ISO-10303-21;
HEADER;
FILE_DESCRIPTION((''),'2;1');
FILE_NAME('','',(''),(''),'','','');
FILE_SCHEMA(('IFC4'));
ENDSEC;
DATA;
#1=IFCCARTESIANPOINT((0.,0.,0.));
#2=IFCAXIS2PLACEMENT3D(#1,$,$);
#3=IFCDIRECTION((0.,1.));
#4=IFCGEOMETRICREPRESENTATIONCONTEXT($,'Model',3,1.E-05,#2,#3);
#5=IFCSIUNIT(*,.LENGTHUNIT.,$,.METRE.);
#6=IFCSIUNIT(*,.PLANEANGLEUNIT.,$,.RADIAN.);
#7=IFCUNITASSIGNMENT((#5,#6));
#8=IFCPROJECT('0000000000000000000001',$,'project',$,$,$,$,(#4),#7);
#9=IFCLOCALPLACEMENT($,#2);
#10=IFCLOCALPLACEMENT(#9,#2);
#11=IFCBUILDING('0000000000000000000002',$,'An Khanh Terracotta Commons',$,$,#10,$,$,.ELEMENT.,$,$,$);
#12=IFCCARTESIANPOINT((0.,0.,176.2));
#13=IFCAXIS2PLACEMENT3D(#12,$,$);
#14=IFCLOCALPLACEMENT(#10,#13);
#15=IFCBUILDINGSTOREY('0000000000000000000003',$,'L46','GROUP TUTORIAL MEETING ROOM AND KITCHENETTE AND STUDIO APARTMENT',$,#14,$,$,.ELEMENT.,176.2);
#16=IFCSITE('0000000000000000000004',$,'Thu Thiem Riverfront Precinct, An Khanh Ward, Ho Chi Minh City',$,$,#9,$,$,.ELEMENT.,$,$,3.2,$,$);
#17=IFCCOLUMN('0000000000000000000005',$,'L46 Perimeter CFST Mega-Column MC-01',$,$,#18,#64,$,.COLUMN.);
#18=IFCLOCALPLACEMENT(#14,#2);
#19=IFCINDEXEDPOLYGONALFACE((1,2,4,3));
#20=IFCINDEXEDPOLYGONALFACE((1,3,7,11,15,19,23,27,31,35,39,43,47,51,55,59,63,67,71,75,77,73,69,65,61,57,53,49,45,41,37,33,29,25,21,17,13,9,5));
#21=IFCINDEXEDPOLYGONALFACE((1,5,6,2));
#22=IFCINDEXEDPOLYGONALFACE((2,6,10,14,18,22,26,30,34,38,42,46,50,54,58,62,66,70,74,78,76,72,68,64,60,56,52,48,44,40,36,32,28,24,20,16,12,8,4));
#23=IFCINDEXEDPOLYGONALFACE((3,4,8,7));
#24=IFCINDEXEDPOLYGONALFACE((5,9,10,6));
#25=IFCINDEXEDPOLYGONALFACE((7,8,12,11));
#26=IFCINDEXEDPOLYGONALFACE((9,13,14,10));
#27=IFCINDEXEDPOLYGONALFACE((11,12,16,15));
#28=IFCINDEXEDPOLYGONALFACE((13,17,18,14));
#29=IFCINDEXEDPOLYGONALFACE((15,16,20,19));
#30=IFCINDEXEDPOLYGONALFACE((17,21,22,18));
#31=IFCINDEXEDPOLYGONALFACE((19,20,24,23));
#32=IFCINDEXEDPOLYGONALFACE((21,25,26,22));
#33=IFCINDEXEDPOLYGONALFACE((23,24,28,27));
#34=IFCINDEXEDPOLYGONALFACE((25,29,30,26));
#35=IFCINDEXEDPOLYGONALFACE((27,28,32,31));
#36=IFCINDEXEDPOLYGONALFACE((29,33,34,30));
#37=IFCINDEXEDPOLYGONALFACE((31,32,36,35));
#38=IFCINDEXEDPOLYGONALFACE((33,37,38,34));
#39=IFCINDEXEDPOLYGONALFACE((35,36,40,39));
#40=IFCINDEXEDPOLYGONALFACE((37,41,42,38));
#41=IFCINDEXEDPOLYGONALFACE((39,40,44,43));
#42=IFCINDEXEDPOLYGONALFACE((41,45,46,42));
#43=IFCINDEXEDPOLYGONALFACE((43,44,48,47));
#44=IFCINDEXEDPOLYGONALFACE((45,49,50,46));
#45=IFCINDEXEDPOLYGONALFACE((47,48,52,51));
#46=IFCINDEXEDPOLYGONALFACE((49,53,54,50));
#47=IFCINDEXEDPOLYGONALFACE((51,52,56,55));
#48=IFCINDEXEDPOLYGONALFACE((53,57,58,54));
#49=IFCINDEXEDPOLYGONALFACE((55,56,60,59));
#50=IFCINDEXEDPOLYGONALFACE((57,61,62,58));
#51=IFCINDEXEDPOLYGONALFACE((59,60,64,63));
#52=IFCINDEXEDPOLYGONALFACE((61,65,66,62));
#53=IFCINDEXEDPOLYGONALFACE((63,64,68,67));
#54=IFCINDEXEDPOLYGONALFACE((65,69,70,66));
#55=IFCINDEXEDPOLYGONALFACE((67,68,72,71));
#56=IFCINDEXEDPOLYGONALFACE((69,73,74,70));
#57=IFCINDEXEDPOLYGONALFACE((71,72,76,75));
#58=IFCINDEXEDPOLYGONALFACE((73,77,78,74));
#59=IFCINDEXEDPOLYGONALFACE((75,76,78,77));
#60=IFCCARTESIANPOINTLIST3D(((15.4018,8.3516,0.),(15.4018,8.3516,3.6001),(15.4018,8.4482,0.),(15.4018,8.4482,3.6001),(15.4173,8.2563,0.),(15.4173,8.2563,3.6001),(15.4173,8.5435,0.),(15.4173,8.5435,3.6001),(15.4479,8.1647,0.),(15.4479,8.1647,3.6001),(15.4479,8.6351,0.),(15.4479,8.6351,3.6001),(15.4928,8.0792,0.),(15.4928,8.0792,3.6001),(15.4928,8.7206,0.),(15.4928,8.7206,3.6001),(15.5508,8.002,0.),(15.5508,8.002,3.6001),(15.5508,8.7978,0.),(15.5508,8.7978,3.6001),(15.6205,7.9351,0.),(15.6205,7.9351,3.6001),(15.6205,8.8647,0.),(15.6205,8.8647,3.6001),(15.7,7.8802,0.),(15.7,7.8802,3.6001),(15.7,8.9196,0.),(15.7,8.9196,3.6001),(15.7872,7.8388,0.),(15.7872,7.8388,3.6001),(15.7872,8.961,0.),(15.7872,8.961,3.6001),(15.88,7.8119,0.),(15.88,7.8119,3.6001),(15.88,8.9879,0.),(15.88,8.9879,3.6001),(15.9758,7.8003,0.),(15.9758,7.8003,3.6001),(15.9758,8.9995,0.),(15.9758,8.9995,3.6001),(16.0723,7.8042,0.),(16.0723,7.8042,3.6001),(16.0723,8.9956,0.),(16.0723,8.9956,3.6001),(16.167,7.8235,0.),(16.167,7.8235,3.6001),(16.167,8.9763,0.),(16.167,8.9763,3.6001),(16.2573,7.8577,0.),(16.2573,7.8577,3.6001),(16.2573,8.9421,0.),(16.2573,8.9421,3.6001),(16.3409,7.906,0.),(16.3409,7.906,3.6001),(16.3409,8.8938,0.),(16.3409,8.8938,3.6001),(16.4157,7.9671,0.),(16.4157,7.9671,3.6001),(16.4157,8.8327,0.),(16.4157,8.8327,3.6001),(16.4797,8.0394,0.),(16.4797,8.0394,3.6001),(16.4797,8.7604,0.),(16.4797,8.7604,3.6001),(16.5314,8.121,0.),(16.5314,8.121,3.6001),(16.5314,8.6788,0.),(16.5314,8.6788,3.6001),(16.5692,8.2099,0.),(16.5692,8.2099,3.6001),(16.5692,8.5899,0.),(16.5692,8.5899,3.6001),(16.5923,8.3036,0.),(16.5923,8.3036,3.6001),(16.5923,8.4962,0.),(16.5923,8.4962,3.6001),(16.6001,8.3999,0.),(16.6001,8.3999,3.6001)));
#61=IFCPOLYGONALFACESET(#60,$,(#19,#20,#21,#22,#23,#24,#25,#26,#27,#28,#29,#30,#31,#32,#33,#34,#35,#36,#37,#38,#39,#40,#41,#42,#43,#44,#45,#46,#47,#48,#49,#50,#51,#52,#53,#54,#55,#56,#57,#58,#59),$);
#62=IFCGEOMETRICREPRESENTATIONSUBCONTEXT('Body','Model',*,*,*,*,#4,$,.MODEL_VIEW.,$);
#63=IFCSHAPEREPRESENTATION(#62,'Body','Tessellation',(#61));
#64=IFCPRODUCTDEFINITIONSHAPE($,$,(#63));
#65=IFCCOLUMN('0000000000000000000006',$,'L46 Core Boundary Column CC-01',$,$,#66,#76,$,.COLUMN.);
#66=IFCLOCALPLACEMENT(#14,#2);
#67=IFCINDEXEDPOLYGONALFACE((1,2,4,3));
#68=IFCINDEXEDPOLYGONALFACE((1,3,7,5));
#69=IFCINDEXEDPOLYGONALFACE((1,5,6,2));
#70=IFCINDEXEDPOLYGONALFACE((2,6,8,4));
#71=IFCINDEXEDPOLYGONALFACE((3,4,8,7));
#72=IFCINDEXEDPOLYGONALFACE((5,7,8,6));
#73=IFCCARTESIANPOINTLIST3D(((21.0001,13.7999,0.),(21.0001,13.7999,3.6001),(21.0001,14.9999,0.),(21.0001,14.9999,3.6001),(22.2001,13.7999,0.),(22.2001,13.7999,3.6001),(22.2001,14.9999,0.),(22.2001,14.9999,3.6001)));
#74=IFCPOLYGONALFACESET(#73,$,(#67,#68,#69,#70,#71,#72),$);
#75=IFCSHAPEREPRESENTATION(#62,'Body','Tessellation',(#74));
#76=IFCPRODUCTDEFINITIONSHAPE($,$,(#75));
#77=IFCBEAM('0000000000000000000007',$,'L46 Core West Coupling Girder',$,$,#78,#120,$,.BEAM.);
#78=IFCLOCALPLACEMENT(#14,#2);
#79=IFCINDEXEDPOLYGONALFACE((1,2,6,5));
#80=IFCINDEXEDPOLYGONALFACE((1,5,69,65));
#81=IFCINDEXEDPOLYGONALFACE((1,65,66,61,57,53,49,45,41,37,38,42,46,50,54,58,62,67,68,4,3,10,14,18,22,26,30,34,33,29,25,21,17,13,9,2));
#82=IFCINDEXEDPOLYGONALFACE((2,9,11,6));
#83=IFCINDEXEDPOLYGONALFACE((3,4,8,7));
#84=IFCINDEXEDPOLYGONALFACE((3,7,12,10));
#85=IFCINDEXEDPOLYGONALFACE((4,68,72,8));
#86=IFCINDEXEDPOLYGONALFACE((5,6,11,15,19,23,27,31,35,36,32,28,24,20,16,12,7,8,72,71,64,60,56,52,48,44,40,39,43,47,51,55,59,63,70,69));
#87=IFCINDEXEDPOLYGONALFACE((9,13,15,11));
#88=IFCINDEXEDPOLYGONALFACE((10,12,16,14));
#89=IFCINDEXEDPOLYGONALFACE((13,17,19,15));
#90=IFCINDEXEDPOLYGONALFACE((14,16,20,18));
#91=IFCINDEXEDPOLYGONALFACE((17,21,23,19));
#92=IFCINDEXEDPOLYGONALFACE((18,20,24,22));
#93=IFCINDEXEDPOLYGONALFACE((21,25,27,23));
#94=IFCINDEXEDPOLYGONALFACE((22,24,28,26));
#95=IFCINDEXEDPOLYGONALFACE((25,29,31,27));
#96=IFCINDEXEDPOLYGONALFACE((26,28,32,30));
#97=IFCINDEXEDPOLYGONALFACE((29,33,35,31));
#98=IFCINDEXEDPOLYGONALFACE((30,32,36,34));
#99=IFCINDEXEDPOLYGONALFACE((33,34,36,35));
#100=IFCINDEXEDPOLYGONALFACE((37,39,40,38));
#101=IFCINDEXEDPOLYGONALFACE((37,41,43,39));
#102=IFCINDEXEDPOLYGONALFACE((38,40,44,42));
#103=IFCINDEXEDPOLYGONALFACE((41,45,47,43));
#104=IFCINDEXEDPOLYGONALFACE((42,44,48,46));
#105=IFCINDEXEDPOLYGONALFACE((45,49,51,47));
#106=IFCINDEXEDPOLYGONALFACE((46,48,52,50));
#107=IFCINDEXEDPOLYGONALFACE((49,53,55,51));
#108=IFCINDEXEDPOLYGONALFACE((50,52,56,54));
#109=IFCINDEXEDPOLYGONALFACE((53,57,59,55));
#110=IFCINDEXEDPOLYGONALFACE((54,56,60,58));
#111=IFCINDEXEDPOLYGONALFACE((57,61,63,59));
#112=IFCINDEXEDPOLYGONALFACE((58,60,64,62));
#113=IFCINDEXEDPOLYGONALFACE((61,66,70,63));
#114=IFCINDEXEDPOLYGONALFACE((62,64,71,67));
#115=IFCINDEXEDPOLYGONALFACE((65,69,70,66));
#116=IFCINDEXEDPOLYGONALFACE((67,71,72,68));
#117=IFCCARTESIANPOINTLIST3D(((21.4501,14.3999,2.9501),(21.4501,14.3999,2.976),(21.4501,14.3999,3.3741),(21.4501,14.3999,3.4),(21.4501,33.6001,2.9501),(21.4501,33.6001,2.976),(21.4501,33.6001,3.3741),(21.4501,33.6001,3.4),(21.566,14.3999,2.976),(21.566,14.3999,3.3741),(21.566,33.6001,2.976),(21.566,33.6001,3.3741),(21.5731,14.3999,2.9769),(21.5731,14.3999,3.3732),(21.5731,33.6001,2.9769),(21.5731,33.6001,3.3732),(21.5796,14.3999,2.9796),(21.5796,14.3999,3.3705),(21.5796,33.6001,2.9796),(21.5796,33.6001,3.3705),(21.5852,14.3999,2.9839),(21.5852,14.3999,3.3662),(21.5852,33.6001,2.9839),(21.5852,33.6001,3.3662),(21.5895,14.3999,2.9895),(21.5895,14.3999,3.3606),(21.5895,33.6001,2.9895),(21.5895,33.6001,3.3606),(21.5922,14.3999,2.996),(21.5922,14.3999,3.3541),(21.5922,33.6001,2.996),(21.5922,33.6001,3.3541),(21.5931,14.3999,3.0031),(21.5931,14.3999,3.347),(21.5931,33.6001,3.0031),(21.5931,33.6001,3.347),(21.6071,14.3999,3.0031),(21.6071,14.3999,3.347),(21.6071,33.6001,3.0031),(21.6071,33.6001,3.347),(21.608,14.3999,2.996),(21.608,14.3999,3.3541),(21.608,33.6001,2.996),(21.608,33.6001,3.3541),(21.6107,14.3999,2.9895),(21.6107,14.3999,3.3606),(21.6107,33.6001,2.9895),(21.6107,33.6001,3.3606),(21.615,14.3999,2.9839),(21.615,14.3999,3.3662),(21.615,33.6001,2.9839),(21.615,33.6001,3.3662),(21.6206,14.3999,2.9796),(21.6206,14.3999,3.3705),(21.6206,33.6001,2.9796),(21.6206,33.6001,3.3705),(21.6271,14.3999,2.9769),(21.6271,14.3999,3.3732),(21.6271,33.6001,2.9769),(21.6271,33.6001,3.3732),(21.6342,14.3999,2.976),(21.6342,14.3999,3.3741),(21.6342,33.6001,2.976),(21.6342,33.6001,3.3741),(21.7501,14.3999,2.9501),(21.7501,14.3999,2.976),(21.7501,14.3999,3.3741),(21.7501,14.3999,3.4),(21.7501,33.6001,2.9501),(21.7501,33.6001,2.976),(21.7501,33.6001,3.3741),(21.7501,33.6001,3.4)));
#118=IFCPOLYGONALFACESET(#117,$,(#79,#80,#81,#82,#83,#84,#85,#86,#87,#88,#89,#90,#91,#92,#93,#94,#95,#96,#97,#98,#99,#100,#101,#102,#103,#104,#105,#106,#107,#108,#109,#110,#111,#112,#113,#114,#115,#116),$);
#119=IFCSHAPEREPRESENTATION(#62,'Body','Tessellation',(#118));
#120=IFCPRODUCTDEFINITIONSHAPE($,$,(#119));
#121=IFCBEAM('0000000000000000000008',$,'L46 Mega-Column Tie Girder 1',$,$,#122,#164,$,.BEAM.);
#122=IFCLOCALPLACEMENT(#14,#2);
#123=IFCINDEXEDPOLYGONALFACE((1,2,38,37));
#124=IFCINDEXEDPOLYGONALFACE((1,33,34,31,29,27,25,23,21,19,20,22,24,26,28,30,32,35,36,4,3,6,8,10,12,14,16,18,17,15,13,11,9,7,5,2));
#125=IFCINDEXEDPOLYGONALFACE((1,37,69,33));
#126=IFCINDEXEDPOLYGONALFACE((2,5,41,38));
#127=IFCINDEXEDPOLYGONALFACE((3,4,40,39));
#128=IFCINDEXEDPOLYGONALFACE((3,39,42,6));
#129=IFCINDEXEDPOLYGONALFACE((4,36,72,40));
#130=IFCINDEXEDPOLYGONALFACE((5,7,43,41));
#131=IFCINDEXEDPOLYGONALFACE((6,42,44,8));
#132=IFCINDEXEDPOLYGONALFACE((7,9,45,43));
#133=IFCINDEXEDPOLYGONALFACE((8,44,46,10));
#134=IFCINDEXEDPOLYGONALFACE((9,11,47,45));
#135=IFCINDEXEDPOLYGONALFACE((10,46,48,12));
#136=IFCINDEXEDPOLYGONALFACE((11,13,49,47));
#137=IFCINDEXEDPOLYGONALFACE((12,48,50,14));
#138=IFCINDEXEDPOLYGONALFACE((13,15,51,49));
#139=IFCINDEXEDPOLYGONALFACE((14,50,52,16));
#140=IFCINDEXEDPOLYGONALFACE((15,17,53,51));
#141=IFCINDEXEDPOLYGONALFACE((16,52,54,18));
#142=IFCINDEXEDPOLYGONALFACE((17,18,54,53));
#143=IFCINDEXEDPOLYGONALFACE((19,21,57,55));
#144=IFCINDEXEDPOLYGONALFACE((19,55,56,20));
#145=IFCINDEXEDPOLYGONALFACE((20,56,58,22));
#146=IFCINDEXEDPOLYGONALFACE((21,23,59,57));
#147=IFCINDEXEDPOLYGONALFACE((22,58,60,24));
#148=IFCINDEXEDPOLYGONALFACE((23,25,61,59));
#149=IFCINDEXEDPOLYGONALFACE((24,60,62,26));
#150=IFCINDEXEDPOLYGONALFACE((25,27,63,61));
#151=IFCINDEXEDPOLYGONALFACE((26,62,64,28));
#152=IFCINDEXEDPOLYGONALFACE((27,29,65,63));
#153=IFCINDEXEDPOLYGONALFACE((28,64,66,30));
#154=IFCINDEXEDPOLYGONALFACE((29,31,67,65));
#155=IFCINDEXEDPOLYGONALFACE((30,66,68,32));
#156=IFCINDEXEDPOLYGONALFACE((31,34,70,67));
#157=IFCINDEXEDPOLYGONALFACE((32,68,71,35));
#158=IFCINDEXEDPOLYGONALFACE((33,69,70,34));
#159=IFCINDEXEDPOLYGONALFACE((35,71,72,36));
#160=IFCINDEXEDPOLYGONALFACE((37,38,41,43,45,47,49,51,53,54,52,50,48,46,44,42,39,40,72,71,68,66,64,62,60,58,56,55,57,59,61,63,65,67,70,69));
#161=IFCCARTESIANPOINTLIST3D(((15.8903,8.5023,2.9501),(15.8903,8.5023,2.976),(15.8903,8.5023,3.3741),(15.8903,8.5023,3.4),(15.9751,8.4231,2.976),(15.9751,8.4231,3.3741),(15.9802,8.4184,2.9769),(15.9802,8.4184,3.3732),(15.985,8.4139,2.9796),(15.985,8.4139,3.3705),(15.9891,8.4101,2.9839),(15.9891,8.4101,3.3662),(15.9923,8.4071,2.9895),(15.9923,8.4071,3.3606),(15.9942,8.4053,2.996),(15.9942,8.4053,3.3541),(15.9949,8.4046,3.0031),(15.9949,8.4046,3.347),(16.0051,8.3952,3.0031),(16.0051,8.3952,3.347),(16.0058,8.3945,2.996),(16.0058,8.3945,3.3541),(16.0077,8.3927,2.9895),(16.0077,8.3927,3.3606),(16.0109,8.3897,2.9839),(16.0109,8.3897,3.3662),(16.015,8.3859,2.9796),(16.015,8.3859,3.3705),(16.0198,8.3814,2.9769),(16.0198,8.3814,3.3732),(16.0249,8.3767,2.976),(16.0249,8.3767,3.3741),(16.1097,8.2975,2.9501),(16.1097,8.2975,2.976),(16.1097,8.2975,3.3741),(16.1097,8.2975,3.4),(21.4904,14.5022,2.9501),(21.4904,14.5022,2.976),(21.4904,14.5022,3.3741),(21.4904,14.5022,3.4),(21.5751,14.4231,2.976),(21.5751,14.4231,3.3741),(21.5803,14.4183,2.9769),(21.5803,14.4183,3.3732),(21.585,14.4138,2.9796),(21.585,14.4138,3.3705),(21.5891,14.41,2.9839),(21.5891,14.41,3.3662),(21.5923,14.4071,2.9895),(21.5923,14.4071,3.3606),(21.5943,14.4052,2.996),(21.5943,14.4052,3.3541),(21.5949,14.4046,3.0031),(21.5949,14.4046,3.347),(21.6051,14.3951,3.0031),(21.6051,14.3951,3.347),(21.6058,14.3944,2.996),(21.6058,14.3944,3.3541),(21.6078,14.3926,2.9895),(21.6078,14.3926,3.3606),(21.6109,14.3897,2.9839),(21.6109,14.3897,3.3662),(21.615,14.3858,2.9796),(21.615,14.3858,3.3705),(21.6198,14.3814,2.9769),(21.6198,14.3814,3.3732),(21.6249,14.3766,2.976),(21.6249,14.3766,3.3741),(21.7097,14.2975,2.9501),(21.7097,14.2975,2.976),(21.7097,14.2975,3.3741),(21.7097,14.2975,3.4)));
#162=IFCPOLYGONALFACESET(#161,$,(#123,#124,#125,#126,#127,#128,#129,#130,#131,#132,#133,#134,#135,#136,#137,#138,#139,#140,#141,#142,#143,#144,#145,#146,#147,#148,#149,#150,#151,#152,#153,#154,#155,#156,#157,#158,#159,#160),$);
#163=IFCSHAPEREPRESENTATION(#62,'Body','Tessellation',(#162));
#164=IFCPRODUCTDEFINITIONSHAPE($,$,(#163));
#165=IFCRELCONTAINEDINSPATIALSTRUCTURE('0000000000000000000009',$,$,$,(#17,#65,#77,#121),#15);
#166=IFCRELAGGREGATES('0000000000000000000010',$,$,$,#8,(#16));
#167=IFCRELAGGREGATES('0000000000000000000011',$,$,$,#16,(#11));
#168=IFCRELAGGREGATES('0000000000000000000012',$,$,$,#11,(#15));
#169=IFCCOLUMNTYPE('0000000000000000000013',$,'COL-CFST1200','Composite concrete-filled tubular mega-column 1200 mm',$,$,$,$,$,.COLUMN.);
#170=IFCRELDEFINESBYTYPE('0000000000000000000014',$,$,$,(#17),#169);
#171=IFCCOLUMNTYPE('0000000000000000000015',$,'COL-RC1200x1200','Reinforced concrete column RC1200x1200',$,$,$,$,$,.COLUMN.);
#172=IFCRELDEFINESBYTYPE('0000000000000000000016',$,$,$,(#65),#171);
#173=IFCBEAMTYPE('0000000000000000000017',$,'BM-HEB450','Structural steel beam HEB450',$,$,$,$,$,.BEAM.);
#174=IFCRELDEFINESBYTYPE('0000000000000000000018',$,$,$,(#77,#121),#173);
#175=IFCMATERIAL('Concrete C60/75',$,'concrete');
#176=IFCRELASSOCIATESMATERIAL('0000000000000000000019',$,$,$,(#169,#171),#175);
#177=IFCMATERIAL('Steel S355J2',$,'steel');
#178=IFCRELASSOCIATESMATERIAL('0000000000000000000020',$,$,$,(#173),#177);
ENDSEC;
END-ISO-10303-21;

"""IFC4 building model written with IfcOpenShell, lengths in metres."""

from ifc_helpers import new_model, si_unit, direction, frame, origin, origin_2d, place, context, subcontext, project, spatial, rectangle, circle, i_section, extrude, material, material_profile, profile_set, type_object, element, save


model = new_model("IFC4")

# Units and contexts
model_context = context("Model", 3, precision=1e-05, world=origin(), true_north=direction((0.0, 1.0)))
body_context = subcontext(model_context, "Body", "Model", "MODEL_VIEW")
ifc_project = project(units=[si_unit("LENGTHUNIT", "METRE"), si_unit("PLANEANGLEUNIT", "RADIAN")], contexts=[model_context])

# Site, building, storey
site_placement = place(None, origin())
site = spatial("IfcSite", under=ifc_project, at=site_placement, Name="Thu Thiem Riverfront Precinct, An Khanh Ward, Ho Chi Minh City", CompositionType="ELEMENT", RefElevation=3.2)
building_placement = place(site_placement, origin())
building = spatial("IfcBuilding", under=site, at=building_placement, Name="An Khanh Terracotta Commons", CompositionType="ELEMENT")
storey_placement = place(building_placement, frame((0.0, 0.0, 176.2)))
storey = spatial("IfcBuildingStorey", under=building, at=storey_placement, Name="L46", Description="GROUP TUTORIAL MEETING ROOM AND KITCHENETTE AND STUDIO APARTMENT", CompositionType="ELEMENT", Elevation=176.2)

# Columns
ifc_material_1 = material(Name="Concrete C60/75", Category="concrete")
ifc_material_profile_1 = material_profile(ifc_material_1, circle(Radius=0.6001, at=origin_2d()), Name="CFST1200")
ifc_profile_set_1 = profile_set([ifc_material_profile_1], Name="Concrete C60/75")
column_type_1 = type_object("IfcColumnType", Name="COL-CFST1200", Description="Composite concrete-filled tubular mega-column 1200 mm", PredefinedType="COLUMN", material=ifc_profile_set_1)
column_1_placement = place(storey_placement, frame((16.0, 8.3999, 0.0), z_axis=(0.0, 0.0, 1.0), x_axis=(1.0, 0.0, 0.0)))
element("IfcColumn", 1, at=column_1_placement, inside=storey, type_object=column_type_1, Name="L46 Perimeter CFST Mega-Column MC-01", PredefinedType="COLUMN", context=body_context, shape_type="SweptSolid", body=[
    extrude(circle(Radius=0.6001, at=origin_2d()), origin(), (0.0, 0.0, 1.0), 3.6001),
])
ifc_material_profile_2 = material_profile(ifc_material_1, rectangle(XDim=1.2, YDim=1.2, at=origin_2d()), Name="RC1200x1200")
ifc_profile_set_2 = profile_set([ifc_material_profile_2], Name="Concrete C60/75")
column_type_2 = type_object("IfcColumnType", Name="COL-RC1200x1200", Description="Reinforced concrete column RC1200x1200", PredefinedType="COLUMN", material=ifc_profile_set_2)
column_2_placement = place(storey_placement, frame((21.6001, 14.3999, 0.0), z_axis=(0.0, 0.0, 1.0), x_axis=(1.0, 0.0, 0.0)))
element("IfcColumn", 2, at=column_2_placement, inside=storey, type_object=column_type_2, Name="L46 Core Boundary Column CC-01", PredefinedType="COLUMN", context=body_context, shape_type="SweptSolid", body=[
    extrude(rectangle(XDim=1.2, YDim=1.2, at=origin_2d()), origin(), (0.0, 0.0, 1.0), 3.6001),
])

# Beams
ifc_material_2 = material(Name="Steel S355J2", Category="steel")
ifc_material_profile_3 = material_profile(ifc_material_2, i_section(OverallWidth=0.3, OverallDepth=0.45, WebThickness=0.0139, FlangeThickness=0.0259, FilletRadius=0.0271, at=origin_2d()), Name="HEB450")
ifc_profile_set_3 = profile_set([ifc_material_profile_3], Name="Steel S355J2")
beam_type_1 = type_object("IfcBeamType", Name="BM-HEB450", Description="Structural steel beam HEB450", PredefinedType="BEAM", material=ifc_profile_set_3)
beam_1_placement = place(storey_placement, frame((21.6001, 14.3999, 3.175), z_axis=(0.0, 1.0, 0.0), x_axis=(-1.0, 0.0, 0.0)))
element("IfcBeam", 3, at=beam_1_placement, inside=storey, type_object=beam_type_1, Name="L46 Core West Coupling Girder", PredefinedType="BEAM", context=body_context, shape_type="SweptSolid", body=[
    extrude(i_section(OverallWidth=0.3, OverallDepth=0.45, WebThickness=0.0139, FlangeThickness=0.0259, FilletRadius=0.0271, at=origin_2d()), origin(), (0.0, 0.0, 1.0), 19.2002),
])
beam_2_placement = place(storey_placement, frame((16.0, 8.3999, 3.175), z_axis=(0.682325, 0.731049, 0.0), x_axis=(-0.731049, 0.682325, 0.0)))
element("IfcBeam", 4, at=beam_2_placement, inside=storey, type_object=beam_type_1, Name="L46 Mega-Column Tie Girder 1", PredefinedType="BEAM", context=body_context, shape_type="SweptSolid", body=[
    extrude(i_section(OverallWidth=0.3, OverallDepth=0.45, WebThickness=0.0139, FlangeThickness=0.0259, FilletRadius=0.0271, at=origin_2d()), origin(), (0.0, 0.0, 1.0), 8.2073),
])

save(model, "model.ifc")
